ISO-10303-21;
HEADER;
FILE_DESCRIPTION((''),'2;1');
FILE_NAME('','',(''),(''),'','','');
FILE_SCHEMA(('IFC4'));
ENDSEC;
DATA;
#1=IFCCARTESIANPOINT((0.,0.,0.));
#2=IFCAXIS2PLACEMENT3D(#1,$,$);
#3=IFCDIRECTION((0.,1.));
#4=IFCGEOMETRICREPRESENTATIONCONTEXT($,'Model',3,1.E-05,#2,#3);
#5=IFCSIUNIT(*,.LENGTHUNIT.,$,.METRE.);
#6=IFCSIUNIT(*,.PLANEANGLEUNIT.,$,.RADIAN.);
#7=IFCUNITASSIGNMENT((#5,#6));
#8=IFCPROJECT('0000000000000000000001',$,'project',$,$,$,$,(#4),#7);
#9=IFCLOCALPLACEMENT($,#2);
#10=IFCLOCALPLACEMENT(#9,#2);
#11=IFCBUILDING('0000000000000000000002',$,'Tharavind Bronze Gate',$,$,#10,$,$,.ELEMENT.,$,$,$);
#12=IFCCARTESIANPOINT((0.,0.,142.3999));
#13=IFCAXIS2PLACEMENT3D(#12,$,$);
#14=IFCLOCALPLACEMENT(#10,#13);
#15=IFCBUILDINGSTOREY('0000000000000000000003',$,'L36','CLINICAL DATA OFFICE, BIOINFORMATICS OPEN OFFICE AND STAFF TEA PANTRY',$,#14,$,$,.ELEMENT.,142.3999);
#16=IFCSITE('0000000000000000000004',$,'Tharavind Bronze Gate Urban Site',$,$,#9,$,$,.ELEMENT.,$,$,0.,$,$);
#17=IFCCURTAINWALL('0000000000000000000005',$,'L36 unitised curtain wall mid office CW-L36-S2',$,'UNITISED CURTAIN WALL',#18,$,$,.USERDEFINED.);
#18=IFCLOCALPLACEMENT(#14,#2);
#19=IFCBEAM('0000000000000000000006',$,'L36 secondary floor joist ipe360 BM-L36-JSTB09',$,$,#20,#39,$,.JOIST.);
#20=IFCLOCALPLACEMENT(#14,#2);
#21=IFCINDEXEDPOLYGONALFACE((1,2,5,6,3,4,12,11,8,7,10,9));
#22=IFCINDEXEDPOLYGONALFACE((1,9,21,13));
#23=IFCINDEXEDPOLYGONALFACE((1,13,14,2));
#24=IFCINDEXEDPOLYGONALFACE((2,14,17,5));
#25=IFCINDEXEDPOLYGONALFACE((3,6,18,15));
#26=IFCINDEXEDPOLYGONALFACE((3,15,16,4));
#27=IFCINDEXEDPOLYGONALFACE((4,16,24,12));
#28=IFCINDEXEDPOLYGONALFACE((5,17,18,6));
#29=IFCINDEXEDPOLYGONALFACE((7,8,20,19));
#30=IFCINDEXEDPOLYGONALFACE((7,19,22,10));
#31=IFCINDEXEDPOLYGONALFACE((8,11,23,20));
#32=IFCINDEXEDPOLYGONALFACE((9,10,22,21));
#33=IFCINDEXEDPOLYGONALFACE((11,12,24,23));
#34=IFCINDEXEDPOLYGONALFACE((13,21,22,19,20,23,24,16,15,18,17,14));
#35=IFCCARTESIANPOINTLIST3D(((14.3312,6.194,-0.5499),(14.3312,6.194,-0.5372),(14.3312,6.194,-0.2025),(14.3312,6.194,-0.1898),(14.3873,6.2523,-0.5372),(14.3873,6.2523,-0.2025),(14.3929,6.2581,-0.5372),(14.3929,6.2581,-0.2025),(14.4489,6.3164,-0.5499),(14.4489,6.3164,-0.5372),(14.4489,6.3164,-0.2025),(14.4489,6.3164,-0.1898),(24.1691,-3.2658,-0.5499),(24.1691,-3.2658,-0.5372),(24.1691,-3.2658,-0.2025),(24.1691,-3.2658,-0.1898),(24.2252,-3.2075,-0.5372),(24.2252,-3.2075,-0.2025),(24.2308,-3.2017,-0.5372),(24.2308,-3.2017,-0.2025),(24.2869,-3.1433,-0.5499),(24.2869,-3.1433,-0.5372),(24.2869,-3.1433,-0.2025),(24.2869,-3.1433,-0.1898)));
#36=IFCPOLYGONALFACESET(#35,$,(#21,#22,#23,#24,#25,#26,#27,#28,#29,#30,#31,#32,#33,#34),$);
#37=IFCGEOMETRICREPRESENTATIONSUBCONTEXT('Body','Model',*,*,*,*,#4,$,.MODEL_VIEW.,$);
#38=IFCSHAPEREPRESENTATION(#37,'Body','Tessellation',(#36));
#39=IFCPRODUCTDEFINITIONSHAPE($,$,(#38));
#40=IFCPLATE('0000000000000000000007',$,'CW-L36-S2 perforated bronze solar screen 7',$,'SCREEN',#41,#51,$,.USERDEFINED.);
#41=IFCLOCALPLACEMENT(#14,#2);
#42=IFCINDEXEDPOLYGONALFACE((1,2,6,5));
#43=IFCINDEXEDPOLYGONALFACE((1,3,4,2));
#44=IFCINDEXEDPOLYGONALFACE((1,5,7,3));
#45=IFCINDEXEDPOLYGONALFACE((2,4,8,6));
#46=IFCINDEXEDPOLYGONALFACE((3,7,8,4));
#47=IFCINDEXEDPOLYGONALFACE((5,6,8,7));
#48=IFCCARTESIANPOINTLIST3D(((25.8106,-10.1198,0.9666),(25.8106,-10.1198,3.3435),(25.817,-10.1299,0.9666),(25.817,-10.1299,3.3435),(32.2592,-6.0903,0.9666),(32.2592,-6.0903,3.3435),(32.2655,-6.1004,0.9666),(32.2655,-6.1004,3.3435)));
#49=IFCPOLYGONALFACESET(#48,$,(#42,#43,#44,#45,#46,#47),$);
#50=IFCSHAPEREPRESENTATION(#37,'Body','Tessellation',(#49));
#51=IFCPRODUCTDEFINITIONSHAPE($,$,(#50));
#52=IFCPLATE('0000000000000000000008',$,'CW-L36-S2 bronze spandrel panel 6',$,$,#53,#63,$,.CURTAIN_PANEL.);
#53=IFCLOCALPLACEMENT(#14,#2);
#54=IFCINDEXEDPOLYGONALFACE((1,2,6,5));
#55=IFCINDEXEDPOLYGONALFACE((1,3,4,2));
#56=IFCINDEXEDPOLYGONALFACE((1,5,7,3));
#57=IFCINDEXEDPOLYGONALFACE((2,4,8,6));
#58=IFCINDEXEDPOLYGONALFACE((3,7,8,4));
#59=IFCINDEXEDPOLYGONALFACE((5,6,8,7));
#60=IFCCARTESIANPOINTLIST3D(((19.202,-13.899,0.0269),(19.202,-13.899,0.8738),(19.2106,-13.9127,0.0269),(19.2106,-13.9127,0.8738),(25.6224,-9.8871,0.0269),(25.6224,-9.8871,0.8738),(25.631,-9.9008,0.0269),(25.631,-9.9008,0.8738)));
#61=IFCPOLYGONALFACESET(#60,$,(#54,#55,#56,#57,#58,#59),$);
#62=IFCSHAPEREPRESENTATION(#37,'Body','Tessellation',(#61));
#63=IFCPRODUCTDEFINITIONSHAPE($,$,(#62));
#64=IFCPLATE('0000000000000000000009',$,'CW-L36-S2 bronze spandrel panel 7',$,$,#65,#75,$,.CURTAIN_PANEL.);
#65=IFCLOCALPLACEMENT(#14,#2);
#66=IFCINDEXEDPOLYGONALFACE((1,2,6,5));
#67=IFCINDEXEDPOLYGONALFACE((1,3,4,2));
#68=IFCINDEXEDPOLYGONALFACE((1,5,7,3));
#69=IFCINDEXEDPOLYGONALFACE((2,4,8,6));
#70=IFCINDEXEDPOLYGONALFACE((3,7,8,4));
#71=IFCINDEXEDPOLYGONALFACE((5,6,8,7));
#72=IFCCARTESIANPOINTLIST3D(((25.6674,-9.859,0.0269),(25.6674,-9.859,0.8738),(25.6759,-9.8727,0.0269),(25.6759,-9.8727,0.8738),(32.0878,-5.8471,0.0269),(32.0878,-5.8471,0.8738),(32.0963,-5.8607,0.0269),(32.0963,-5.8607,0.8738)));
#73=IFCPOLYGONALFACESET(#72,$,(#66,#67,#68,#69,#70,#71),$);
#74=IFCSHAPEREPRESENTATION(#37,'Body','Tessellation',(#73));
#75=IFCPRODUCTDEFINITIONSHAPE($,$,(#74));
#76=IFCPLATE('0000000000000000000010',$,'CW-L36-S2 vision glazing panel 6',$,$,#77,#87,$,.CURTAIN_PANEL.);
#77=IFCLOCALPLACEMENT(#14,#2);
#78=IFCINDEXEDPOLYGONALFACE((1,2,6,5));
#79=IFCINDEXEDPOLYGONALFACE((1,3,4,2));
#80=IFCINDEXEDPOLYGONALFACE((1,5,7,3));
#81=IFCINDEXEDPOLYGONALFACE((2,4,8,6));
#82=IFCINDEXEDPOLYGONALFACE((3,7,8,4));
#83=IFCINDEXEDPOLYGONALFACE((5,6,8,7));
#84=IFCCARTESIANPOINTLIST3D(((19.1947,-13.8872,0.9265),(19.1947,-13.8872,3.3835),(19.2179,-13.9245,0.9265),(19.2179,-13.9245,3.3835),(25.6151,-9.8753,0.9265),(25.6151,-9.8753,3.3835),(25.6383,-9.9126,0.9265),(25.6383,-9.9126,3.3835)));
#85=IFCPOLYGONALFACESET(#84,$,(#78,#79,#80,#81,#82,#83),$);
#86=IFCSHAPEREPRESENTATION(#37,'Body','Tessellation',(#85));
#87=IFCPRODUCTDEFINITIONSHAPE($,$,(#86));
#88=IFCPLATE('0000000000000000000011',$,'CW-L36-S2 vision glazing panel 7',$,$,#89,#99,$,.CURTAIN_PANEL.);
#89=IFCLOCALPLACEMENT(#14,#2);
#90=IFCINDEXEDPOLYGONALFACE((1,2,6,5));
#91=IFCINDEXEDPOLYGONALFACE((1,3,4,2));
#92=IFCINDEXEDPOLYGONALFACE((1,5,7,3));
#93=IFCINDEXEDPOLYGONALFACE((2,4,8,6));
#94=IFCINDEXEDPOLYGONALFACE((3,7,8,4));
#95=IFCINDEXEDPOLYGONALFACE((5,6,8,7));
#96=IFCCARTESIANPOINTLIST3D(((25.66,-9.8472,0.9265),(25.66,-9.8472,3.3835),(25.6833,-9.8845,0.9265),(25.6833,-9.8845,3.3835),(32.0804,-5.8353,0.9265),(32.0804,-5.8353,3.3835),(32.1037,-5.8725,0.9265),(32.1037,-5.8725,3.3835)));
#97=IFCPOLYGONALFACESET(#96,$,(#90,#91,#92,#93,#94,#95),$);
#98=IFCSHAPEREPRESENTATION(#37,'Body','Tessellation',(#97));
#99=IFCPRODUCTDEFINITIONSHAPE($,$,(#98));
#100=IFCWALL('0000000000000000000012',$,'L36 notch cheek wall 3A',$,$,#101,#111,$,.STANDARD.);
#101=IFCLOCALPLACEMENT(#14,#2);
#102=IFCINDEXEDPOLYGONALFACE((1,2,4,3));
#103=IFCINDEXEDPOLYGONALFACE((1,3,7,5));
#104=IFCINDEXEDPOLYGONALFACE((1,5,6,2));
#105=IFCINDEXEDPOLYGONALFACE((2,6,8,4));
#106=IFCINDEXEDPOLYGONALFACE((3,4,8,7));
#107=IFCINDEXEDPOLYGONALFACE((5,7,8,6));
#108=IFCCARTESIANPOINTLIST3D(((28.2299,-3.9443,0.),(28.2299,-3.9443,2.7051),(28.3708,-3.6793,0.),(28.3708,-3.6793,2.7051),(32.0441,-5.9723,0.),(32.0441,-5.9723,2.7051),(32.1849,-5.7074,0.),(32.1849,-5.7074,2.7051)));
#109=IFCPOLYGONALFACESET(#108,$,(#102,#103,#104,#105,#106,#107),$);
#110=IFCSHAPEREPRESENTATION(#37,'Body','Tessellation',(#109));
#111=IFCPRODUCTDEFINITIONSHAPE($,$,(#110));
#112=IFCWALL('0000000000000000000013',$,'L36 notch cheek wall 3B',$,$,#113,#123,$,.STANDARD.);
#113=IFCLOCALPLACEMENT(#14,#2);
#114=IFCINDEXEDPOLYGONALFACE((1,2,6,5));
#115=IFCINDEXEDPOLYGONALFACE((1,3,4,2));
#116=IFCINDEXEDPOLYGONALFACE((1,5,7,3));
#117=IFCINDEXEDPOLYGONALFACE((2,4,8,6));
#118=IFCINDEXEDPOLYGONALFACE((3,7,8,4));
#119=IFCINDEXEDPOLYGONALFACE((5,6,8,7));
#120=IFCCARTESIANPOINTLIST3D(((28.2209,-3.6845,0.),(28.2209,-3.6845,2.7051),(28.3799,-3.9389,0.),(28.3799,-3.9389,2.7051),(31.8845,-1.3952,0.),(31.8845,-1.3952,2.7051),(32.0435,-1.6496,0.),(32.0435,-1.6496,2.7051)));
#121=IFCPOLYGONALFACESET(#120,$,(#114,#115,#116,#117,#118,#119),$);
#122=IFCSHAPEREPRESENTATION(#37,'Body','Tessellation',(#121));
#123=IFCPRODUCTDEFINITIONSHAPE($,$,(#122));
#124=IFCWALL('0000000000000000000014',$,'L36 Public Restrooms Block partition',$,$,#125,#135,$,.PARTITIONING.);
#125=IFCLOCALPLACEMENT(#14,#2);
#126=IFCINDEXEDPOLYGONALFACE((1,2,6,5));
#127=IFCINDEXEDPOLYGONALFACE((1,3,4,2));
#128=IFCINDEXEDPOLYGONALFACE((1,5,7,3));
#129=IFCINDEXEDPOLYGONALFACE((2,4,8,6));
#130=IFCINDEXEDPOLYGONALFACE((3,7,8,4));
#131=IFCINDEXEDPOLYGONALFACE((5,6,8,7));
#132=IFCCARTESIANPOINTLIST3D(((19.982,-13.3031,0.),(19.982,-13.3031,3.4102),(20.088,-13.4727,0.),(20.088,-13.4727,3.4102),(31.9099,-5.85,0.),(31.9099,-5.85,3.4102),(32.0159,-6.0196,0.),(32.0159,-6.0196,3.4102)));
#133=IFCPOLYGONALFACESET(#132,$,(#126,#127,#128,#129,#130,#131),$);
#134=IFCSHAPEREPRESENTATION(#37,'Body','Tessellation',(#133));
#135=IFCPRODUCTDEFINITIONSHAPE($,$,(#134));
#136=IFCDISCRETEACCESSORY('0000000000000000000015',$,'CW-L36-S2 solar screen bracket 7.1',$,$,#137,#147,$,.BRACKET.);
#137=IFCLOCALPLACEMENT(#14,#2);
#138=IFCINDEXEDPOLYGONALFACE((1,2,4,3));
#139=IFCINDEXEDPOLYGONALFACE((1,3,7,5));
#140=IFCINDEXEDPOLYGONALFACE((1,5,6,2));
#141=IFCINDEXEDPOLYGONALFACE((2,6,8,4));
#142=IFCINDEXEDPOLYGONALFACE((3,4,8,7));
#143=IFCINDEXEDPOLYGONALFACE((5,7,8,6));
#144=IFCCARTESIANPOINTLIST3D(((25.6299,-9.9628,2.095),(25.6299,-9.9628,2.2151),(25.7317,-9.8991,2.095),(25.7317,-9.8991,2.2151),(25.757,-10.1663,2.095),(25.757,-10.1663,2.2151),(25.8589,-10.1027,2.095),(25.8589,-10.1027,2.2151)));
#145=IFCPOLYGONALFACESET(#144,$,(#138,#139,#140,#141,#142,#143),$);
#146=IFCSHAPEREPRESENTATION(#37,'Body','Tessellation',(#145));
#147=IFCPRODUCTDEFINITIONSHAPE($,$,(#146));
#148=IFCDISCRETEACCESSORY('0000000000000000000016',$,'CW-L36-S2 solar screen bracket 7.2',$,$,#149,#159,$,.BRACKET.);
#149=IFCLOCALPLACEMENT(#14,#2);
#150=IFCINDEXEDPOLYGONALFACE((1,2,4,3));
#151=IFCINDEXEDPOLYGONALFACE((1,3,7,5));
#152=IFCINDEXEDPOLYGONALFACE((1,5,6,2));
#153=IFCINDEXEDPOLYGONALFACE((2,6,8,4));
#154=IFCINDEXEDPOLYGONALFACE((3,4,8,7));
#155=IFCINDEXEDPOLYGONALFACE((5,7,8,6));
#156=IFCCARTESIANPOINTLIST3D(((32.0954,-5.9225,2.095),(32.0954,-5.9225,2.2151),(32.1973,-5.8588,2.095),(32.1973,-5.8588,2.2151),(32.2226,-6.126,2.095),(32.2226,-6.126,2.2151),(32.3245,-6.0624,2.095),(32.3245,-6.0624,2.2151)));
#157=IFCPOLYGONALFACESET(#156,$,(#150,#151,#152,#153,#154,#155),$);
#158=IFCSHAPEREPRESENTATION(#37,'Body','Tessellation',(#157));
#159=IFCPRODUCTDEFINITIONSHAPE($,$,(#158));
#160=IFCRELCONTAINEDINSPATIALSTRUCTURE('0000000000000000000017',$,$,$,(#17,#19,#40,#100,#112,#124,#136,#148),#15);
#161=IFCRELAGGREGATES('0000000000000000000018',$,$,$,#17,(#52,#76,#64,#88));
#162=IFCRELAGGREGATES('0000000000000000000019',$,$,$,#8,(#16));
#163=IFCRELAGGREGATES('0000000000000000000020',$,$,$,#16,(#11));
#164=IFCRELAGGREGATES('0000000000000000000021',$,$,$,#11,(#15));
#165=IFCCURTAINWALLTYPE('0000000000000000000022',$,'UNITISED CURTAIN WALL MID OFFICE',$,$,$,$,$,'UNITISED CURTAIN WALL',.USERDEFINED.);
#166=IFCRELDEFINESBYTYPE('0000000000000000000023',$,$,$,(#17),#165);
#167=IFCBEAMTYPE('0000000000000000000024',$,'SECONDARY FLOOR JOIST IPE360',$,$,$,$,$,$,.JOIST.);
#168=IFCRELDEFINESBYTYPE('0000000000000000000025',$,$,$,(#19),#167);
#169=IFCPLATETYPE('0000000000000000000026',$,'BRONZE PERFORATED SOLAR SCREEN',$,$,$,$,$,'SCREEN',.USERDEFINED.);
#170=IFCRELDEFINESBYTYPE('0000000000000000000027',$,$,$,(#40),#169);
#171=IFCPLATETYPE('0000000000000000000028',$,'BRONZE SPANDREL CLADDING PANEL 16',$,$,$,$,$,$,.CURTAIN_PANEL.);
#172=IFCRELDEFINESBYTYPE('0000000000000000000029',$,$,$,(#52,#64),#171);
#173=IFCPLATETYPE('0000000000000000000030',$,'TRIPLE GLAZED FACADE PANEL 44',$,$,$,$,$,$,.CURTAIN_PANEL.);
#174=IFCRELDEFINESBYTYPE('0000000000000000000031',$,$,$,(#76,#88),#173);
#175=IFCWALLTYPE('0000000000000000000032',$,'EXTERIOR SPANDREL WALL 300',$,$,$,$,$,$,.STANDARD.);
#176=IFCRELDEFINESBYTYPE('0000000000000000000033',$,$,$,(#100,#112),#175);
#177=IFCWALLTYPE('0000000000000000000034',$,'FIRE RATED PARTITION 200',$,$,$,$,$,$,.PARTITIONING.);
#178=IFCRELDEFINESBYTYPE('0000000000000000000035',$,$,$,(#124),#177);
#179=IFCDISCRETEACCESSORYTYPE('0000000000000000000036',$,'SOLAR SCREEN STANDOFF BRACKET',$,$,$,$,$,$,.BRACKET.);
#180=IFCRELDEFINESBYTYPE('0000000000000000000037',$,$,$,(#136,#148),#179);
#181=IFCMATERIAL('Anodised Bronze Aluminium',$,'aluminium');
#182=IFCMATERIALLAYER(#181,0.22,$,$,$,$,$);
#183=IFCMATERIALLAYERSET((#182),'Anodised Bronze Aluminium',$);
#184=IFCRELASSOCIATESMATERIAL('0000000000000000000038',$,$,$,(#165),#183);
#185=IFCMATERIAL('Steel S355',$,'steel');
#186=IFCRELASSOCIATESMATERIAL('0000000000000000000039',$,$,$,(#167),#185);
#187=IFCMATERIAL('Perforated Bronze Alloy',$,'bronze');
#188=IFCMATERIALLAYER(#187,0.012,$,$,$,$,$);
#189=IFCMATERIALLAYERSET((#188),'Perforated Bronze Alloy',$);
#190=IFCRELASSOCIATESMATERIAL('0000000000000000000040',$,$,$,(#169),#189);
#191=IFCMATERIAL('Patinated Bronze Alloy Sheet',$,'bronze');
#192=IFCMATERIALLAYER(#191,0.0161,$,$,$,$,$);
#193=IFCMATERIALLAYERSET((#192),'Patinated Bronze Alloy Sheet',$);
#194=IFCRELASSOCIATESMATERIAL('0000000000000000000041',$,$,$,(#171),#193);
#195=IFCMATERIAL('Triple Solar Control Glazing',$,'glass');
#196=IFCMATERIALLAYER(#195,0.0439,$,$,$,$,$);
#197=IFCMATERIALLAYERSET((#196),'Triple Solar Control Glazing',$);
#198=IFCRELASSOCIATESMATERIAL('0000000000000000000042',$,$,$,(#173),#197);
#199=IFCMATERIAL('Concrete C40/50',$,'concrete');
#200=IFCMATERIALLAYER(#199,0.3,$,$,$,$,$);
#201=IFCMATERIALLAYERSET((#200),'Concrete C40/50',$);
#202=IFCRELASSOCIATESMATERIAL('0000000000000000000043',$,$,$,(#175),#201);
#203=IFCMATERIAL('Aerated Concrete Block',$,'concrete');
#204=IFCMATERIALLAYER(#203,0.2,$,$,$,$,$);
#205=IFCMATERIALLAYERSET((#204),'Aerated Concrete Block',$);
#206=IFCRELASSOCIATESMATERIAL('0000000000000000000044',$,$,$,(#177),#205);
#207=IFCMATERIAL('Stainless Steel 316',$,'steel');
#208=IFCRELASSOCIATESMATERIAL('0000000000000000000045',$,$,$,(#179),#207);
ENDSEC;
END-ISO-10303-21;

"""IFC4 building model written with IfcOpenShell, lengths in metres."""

from ifc_helpers import new_model, si_unit, direction, frame, frame_2d, origin, origin_2d, place, context, subcontext, project, spatial, rectangle, i_section, extrude, material, layer, layer_set, material_profile, profile_set, type_object, element, aggregate, save


model = new_model("IFC4")

# Units and contexts
model_context = context("Model", 3, precision=1e-05, world=origin(), true_north=direction((0.0, 1.0)))
body_context = subcontext(model_context, "Body", "Model", "MODEL_VIEW")
ifc_project = project(units=[si_unit("LENGTHUNIT", "METRE"), si_unit("PLANEANGLEUNIT", "RADIAN")], contexts=[model_context])

# Site, building, storey
site_placement = place(None, origin())
site = spatial("IfcSite", under=ifc_project, at=site_placement, Name="Tharavind Bronze Gate Urban Site", CompositionType="ELEMENT", RefElevation=0.0)
building_placement = place(site_placement, origin())
building = spatial("IfcBuilding", under=site, at=building_placement, Name="Tharavind Bronze Gate", CompositionType="ELEMENT")
storey_placement = place(building_placement, frame((0.0, 0.0, 142.3999)))
storey = spatial("IfcBuildingStorey", under=building, at=storey_placement, Name="L36", Description="CLINICAL DATA OFFICE, BIOINFORMATICS OPEN OFFICE AND STAFF TEA PANTRY", CompositionType="ELEMENT", Elevation=142.3999)

# Curtain wall
ifc_material_1 = material(Name="Anodised Bronze Aluminium", Category="aluminium")
ifc_layer_1 = layer(ifc_material_1, 0.22)
ifc_layer_set_1 = layer_set([ifc_layer_1], Name="Anodised Bronze Aluminium")
curtain_wall_type = type_object("IfcCurtainWallType", Name="UNITISED CURTAIN WALL MID OFFICE", ElementType="UNITISED CURTAIN WALL", PredefinedType="USERDEFINED", material=ifc_layer_set_1)
curtain_wall_placement = place(storey_placement, origin())
curtain_wall = element("IfcCurtainWall", 1, at=curtain_wall_placement, inside=storey, type_object=curtain_wall_type, Name="L36 unitised curtain wall mid office CW-L36-S2", ObjectType="UNITISED CURTAIN WALL", PredefinedType="USERDEFINED")

# Beam
ifc_material_2 = material(Name="Steel S355", Category="steel")
ifc_material_profile_1 = material_profile(ifc_material_2, i_section(OverallWidth=0.1699, OverallDepth=0.3601, WebThickness=0.0081, FlangeThickness=0.0127, at=origin_2d()), Name="IPE360")
ifc_profile_set_1 = profile_set([ifc_material_profile_1], Name="Steel S355")
beam_type_1 = type_object("IfcBeamType", Name="SECONDARY FLOOR JOIST IPE360", PredefinedType="JOIST", material=ifc_profile_set_1)
beam_1_placement = place(storey_placement, frame((24.228, -3.2046, -0.3699), z_axis=(-0.720826, 0.693117, 0.0), x_axis=(-0.693117, -0.720826, 0.0)))
element("IfcBeam", 2, at=beam_1_placement, inside=storey, type_object=beam_type_1, Name="L36 secondary floor joist ipe360 BM-L36-JSTB09", PredefinedType="JOIST", context=body_context, shape_type="SweptSolid", body=[
    extrude(i_section(OverallWidth=0.1699, OverallDepth=0.3601, WebThickness=0.0081, FlangeThickness=0.0127, at=origin_2d()), origin(), (0.0, 0.0, 1.0), 13.6482),
])

# Plates
ifc_material_3 = material(Name="Perforated Bronze Alloy", Category="bronze")
ifc_layer_2 = layer(ifc_material_3, 0.012)
ifc_layer_set_2 = layer_set([ifc_layer_2], Name="Perforated Bronze Alloy")
plate_type_1 = type_object("IfcPlateType", Name="BRONZE PERFORATED SOLAR SCREEN", ElementType="SCREEN", PredefinedType="USERDEFINED", material=ifc_layer_set_2)
plate_1_placement = place(storey_placement, frame((29.0381, -8.1101, 0.9666), z_axis=(0.0, 0.0, 1.0), x_axis=(0.848048, 0.529919, 0.0)))
element("IfcPlate", 3, at=plate_1_placement, inside=storey, type_object=plate_type_1, Name="CW-L36-S2 perforated bronze solar screen 7", ObjectType="SCREEN", PredefinedType="USERDEFINED", context=body_context, shape_type="SweptSolid", body=[
    extrude(rectangle(XDim=7.604, YDim=0.012, at=origin_2d()), origin(), (0.0, 0.0, 1.0), 2.377),
])
ifc_material_4 = material(Name="Patinated Bronze Alloy Sheet", Category="bronze")
ifc_layer_3 = layer(ifc_material_4, 0.0161)
ifc_layer_set_3 = layer_set([ifc_layer_3], Name="Patinated Bronze Alloy Sheet")
plate_type_2 = type_object("IfcPlateType", Name="BRONZE SPANDREL CLADDING PANEL 16", PredefinedType="CURTAIN_PANEL", material=ifc_layer_set_3)
plate_2_placement = place(storey_placement, frame((22.4165, -11.8999, 0.0269), z_axis=(0.0, 0.0, 1.0), x_axis=(0.848048, 0.529919, 0.0)))
plate_2 = element("IfcPlate", 4, at=plate_2_placement, type_object=plate_type_2, Name="CW-L36-S2 bronze spandrel panel 6", PredefinedType="CURTAIN_PANEL", context=body_context, shape_type="SweptSolid", body=[
    extrude(rectangle(XDim=7.5708, YDim=0.0161, at=origin_2d()), origin(), (0.0, 0.0, 1.0), 0.8469),
])
plate_3_placement = place(storey_placement, frame((28.8818, -7.8599, 0.0269), z_axis=(0.0, 0.0, 1.0), x_axis=(0.848048, 0.529919, 0.0)))
plate_3 = element("IfcPlate", 5, at=plate_3_placement, type_object=plate_type_2, Name="CW-L36-S2 bronze spandrel panel 7", PredefinedType="CURTAIN_PANEL", context=body_context, shape_type="SweptSolid", body=[
    extrude(rectangle(XDim=7.5708, YDim=0.0161, at=origin_2d()), origin(), (0.0, 0.0, 1.0), 0.8469),
])
ifc_material_5 = material(Name="Triple Solar Control Glazing", Category="glass")
ifc_layer_4 = layer(ifc_material_5, 0.0439)
ifc_layer_set_4 = layer_set([ifc_layer_4], Name="Triple Solar Control Glazing")
plate_type_3 = type_object("IfcPlateType", Name="TRIPLE GLAZED FACADE PANEL 44", PredefinedType="CURTAIN_PANEL", material=ifc_layer_set_4)
plate_4_placement = place(storey_placement, frame((22.4165, -11.8999, 0.9265), z_axis=(0.0, 0.0, 1.0), x_axis=(0.848048, 0.529919, 0.0)))
plate_4 = element("IfcPlate", 6, at=plate_4_placement, type_object=plate_type_3, Name="CW-L36-S2 vision glazing panel 6", PredefinedType="CURTAIN_PANEL", context=body_context, shape_type="SweptSolid", body=[
    extrude(rectangle(XDim=7.5708, YDim=0.0439, at=origin_2d()), origin(), (0.0, 0.0, 1.0), 2.457),
])
plate_5_placement = place(storey_placement, frame((28.8818, -7.8599, 0.9265), z_axis=(0.0, 0.0, 1.0), x_axis=(0.848048, 0.529919, 0.0)))
plate_5 = element("IfcPlate", 7, at=plate_5_placement, type_object=plate_type_3, Name="CW-L36-S2 vision glazing panel 7", PredefinedType="CURTAIN_PANEL", context=body_context, shape_type="SweptSolid", body=[
    extrude(rectangle(XDim=7.5708, YDim=0.0439, at=origin_2d()), origin(), (0.0, 0.0, 1.0), 2.457),
])
aggregate(curtain_wall, [plate_2, plate_4, plate_3, plate_5])

# Walls
ifc_material_6 = material(Name="Concrete C40/50", Category="concrete")
ifc_layer_5 = layer(ifc_material_6, 0.3)
ifc_layer_set_5 = layer_set([ifc_layer_5], Name="Concrete C40/50")
wall_type_1 = type_object("IfcWallType", Name="EXTERIOR SPANDREL WALL 300", PredefinedType="STANDARD", material=ifc_layer_set_5)
wall_1_placement = place(storey_placement, frame((32.1145, -5.8398, 0.0), z_axis=(0.0, 0.0, 1.0), x_axis=(-0.882945, 0.469476, 0.0)))
element("IfcWall", 8, at=wall_1_placement, inside=storey, type_object=wall_type_1, Name="L36 notch cheek wall 3A", PredefinedType="STANDARD", context=body_context, shape_type="SweptSolid", body=[
    extrude(rectangle(XDim=4.3198, YDim=0.3, at=frame_2d((2.1599, 0.0))), origin(), (0.0, 0.0, 1.0), 2.7051),
])
wall_2_placement = place(storey_placement, frame((28.3003, -3.8118, 0.0), z_axis=(0.0, 0.0, 1.0), x_axis=(0.848043, 0.529928, 0.0)))
element("IfcWall", 9, at=wall_2_placement, inside=storey, type_object=wall_type_1, Name="L36 notch cheek wall 3B", PredefinedType="STANDARD", context=body_context, shape_type="SweptSolid", body=[
    extrude(rectangle(XDim=4.3201, YDim=0.3, at=frame_2d((2.1602, 0.0))), origin(), (0.0, 0.0, 1.0), 2.7051),
])
ifc_material_7 = material(Name="Aerated Concrete Block", Category="concrete")
ifc_layer_6 = layer(ifc_material_7, 0.2)
ifc_layer_set_6 = layer_set([ifc_layer_6], Name="Aerated Concrete Block")
wall_type_2 = type_object("IfcWallType", Name="FIRE RATED PARTITION 200", PredefinedType="PARTITIONING", material=ifc_layer_set_6)
wall_3_placement = place(storey_placement, frame((31.9629, -5.9348, 0.0), z_axis=(0.0, 0.0, 1.0), x_axis=(-0.848058, -0.529904, 0.0)))
element("IfcWall", 10, at=wall_3_placement, inside=storey, type_object=wall_type_2, Name="L36 Public Restrooms Block partition", PredefinedType="PARTITIONING", context=body_context, shape_type="SweptSolid", body=[
    extrude(rectangle(XDim=14.0649, YDim=0.2, at=frame_2d((7.0325, 0.0))), origin(), (0.0, 0.0, 1.0), 3.4102),
])

# Discrete accessories
ifc_material_8 = material(Name="Stainless Steel 316", Category="steel")
discrete_accessory_type = type_object("IfcDiscreteAccessoryType", Name="SOLAR SCREEN STANDOFF BRACKET", PredefinedType="BRACKET", material=ifc_material_8)
for number, where, z_axis, x_axis, name in (
    (11, (25.7444, -10.0327, 2.095), (0.0, 0.0, 1.0), (0.848048, 0.529919, 0.0), "CW-L36-S2 solar screen bracket 7.1"),
    (12, (32.21, -5.9924, 2.095), (0.0, 0.0, 1.0), (0.848048, 0.529919, 0.0), "CW-L36-S2 solar screen bracket 7.2"),
):
    element("IfcDiscreteAccessory", number, at=place(storey_placement, frame(where, z_axis=z_axis, x_axis=x_axis)), inside=storey, type_object=discrete_accessory_type, Name=name, PredefinedType="BRACKET", context=body_context, shape_type="SweptSolid", body=[
        extrude(rectangle(XDim=0.1201, YDim=0.24, at=origin_2d()), origin(), (0.0, 0.0, 1.0), 0.1201),
    ])

save(model, "model.ifc")
